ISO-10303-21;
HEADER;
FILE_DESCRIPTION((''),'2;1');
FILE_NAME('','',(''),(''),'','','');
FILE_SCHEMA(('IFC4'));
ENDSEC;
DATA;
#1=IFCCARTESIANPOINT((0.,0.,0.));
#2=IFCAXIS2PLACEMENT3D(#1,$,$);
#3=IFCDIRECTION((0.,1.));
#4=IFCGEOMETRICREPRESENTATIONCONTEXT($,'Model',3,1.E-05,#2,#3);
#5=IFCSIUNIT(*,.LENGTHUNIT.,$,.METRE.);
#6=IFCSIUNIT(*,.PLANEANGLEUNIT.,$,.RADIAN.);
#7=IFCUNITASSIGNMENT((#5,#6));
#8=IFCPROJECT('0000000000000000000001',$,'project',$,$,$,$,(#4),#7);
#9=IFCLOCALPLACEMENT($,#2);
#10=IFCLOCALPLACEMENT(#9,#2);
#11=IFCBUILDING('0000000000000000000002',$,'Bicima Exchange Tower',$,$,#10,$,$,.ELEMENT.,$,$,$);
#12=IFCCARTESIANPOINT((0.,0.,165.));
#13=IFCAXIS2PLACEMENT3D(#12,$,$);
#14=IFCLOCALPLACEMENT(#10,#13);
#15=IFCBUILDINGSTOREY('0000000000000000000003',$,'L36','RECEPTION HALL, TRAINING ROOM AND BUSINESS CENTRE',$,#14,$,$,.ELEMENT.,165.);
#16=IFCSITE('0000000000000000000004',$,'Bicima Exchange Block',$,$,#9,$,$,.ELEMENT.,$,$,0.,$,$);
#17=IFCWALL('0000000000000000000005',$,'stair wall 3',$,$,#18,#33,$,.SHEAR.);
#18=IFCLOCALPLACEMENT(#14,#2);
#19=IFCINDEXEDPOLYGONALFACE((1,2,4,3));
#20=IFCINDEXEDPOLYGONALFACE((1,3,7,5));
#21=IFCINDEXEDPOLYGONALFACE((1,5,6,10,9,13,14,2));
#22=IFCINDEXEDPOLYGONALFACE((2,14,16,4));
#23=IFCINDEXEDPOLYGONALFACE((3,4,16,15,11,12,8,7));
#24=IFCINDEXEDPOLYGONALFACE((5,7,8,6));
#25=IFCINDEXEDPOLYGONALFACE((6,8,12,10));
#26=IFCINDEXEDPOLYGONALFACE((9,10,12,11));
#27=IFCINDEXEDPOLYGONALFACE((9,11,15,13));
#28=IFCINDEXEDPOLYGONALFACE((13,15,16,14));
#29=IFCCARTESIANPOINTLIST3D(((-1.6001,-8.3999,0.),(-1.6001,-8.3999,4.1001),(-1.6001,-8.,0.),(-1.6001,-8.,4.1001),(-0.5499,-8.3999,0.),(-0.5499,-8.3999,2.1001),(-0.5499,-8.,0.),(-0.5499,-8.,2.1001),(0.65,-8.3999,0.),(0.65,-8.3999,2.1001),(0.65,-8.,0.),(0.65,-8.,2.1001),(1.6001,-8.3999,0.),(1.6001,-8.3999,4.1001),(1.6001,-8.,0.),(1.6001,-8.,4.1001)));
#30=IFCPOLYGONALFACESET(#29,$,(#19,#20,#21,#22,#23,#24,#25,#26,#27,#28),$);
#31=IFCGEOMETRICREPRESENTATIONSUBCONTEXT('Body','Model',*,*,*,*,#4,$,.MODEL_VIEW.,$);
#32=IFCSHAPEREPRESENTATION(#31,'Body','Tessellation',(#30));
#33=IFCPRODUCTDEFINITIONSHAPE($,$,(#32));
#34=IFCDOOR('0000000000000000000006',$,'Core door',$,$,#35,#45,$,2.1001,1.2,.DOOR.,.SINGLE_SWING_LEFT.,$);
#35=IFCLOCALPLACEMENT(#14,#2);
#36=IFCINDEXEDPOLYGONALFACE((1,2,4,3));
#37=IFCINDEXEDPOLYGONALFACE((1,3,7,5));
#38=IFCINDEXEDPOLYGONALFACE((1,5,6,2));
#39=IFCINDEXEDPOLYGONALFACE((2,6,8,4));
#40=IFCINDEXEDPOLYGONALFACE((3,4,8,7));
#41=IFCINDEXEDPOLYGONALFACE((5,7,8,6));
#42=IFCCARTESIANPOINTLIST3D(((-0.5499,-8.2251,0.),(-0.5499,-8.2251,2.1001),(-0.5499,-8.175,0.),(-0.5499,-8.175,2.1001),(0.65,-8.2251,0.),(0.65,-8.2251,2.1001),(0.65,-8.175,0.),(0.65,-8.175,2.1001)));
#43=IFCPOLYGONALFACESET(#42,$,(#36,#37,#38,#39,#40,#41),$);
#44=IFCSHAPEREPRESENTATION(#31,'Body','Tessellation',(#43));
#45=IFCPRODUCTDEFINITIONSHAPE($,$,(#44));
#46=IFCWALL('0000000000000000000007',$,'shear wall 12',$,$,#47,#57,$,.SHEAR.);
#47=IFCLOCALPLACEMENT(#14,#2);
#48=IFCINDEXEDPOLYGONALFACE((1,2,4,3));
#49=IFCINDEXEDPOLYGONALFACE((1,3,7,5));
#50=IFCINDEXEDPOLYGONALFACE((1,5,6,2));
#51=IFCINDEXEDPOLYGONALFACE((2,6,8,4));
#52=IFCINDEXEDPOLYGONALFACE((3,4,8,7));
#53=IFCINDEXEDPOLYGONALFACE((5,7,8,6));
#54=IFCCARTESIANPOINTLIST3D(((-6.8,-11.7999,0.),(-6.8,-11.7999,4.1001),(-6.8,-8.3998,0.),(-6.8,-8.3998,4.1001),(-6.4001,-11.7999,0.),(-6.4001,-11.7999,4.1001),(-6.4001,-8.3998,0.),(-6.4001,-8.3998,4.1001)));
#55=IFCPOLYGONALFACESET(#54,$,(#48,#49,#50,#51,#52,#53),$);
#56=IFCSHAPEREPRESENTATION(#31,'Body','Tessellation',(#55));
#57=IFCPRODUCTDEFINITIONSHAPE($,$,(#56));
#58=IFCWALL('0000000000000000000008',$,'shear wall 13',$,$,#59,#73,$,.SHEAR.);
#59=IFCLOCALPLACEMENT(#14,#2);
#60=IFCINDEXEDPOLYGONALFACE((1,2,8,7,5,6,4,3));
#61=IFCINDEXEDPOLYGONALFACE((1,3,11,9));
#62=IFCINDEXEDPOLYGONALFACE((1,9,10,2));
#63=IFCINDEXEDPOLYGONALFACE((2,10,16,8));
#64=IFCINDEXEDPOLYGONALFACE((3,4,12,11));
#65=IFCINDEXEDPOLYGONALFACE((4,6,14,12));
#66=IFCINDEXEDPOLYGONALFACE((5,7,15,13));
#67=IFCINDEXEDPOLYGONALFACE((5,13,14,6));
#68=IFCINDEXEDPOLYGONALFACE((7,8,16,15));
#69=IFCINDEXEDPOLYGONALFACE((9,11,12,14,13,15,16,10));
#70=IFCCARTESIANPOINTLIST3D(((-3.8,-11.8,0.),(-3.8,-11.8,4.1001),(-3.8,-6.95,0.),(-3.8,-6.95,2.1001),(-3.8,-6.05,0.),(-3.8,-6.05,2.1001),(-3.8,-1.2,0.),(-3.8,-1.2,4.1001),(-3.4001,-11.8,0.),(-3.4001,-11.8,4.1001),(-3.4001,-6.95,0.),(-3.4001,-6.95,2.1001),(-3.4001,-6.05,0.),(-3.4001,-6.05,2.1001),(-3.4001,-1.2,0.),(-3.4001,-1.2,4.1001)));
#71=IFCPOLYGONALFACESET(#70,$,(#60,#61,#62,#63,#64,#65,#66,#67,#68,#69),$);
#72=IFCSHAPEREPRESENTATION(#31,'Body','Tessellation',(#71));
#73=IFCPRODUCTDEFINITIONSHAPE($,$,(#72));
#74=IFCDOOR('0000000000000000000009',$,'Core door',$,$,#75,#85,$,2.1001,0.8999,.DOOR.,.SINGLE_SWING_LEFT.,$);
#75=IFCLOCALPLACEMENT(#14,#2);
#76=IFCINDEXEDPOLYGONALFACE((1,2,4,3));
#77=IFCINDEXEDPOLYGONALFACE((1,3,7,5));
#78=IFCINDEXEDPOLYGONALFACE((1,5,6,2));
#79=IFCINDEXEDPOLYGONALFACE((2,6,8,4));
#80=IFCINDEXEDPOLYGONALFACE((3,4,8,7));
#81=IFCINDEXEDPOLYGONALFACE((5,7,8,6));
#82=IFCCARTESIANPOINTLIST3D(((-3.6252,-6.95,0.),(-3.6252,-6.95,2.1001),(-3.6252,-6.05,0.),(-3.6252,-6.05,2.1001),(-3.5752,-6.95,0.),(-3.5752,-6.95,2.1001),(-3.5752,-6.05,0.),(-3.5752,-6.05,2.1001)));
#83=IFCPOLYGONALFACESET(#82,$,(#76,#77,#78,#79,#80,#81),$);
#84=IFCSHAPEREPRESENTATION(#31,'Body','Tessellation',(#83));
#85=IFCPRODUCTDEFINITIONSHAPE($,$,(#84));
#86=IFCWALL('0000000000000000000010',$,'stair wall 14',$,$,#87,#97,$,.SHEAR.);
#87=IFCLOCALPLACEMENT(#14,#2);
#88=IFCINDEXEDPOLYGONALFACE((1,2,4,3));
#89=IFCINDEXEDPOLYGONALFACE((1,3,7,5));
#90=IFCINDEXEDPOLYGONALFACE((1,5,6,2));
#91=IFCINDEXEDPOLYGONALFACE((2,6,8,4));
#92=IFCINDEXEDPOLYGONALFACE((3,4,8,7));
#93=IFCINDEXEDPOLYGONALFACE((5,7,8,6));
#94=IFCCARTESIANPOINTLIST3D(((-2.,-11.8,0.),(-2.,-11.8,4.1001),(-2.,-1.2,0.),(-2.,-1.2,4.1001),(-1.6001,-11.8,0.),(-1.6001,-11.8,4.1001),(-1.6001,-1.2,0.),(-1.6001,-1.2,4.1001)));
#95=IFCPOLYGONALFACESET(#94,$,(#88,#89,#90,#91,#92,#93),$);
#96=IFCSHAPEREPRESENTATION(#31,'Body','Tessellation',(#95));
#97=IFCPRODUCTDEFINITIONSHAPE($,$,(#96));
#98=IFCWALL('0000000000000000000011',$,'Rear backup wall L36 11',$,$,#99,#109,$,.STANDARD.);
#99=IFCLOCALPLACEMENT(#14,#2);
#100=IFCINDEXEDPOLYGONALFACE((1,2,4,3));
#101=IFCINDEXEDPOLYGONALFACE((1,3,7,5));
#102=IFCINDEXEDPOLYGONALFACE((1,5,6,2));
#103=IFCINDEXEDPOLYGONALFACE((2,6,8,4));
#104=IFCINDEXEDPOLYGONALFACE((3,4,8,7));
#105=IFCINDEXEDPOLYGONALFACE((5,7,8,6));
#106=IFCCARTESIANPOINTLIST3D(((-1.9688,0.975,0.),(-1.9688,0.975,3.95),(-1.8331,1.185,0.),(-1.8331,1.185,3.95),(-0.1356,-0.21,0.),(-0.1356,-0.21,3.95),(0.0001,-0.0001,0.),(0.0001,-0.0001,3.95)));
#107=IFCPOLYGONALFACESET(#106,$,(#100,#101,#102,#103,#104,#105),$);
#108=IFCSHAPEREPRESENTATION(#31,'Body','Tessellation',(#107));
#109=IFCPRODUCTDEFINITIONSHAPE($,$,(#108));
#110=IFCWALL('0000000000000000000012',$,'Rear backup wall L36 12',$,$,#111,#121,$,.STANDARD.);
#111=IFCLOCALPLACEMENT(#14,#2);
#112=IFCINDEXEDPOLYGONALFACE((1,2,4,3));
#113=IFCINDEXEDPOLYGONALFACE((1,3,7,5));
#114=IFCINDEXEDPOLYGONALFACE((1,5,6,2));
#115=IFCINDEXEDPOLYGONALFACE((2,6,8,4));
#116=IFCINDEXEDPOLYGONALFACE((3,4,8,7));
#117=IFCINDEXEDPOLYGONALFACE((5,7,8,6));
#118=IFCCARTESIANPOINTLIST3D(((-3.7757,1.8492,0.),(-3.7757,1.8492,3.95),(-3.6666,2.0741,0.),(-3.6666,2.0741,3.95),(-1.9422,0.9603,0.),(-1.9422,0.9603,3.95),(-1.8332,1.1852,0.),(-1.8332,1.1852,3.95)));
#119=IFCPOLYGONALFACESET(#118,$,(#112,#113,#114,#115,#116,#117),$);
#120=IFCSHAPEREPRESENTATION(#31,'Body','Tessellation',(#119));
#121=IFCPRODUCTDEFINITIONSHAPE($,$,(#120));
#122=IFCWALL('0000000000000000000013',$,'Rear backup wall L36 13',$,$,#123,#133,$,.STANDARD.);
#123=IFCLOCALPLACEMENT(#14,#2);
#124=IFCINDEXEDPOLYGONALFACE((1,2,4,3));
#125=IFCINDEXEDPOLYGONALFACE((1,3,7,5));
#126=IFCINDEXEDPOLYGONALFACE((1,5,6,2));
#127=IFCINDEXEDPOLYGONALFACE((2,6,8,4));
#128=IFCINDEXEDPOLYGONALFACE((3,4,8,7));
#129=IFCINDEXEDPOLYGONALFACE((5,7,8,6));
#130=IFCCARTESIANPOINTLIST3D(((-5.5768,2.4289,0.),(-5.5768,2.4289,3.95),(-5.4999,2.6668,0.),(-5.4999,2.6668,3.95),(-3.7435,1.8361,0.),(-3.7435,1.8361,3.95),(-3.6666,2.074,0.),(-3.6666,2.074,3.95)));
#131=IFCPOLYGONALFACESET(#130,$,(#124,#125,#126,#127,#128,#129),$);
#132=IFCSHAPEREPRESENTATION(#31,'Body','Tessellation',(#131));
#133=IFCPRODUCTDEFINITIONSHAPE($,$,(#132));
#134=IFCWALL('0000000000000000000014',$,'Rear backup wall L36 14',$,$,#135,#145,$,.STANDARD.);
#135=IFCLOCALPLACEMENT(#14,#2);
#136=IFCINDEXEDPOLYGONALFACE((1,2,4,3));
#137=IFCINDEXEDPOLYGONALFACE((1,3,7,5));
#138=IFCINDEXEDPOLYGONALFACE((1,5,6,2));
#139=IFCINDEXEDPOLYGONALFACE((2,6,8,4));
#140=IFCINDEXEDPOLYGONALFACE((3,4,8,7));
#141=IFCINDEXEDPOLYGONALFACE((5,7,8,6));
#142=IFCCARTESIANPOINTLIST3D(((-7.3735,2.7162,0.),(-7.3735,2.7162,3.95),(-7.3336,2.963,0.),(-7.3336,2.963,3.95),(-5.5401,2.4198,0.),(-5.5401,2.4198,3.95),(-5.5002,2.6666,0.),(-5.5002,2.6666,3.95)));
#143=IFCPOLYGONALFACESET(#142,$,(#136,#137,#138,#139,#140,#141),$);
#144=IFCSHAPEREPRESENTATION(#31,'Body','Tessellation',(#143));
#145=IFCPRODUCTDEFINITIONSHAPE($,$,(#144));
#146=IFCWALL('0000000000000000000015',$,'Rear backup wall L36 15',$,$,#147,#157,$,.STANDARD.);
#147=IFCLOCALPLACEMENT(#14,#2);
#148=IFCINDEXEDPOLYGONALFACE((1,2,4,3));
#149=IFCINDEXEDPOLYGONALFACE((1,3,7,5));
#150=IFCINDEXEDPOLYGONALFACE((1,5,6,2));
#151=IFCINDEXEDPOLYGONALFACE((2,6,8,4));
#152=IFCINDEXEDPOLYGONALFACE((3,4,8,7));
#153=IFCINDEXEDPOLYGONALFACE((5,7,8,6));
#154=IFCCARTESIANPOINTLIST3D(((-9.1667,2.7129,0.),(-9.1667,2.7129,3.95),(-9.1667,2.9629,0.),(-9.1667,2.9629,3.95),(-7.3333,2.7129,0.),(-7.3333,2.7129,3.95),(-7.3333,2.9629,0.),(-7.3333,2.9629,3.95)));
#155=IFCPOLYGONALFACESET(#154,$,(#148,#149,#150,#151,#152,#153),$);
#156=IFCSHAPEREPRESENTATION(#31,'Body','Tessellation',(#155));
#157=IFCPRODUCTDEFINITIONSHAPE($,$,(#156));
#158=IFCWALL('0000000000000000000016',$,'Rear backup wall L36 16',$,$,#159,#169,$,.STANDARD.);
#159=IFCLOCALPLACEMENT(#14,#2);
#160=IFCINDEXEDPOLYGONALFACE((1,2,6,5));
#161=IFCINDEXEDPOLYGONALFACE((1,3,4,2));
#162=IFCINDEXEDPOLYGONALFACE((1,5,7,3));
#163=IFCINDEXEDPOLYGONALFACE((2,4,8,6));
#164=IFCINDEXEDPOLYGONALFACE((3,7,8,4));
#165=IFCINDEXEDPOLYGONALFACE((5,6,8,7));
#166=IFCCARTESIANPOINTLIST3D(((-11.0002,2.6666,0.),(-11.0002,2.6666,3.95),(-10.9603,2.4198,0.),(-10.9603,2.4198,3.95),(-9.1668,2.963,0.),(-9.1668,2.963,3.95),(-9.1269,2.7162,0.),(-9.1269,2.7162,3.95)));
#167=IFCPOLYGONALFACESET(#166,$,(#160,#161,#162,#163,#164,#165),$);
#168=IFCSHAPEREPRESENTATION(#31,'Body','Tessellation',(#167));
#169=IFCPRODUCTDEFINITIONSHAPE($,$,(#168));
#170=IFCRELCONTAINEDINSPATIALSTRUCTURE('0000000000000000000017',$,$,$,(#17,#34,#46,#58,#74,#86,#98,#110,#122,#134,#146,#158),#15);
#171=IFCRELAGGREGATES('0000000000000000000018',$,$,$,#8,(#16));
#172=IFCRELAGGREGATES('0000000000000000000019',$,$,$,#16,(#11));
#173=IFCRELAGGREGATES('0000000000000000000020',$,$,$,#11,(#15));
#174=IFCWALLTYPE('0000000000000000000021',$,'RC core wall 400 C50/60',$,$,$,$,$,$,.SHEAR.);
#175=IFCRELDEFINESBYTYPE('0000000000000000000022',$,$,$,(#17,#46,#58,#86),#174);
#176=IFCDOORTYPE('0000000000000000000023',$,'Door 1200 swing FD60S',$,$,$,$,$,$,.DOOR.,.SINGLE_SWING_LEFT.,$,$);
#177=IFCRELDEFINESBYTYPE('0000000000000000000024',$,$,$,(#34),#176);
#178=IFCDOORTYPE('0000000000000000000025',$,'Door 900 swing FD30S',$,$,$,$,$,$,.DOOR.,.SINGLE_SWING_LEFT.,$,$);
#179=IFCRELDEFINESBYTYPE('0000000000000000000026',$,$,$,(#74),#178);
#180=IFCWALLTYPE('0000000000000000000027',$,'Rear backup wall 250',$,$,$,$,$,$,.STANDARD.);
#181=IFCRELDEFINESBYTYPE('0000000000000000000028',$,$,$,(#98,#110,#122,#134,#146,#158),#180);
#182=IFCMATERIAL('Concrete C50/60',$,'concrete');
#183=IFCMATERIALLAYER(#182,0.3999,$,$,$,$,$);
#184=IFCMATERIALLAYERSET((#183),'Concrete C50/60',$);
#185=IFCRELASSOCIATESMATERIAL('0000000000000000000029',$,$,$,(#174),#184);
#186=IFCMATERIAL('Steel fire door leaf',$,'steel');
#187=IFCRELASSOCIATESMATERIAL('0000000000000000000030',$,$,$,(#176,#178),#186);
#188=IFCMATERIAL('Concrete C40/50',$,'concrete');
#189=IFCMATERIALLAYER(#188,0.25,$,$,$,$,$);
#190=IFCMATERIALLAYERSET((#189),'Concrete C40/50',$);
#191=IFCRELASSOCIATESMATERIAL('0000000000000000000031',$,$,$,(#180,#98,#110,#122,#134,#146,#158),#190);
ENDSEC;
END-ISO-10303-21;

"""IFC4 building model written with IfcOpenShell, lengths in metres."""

from ifc_helpers import new_model, si_unit, direction, frame, frame_2d, origin, place, context, subcontext, project, spatial, rectangle, extrude, material, layer, layer_set, layer_usage, type_object, element, fill, save


model = new_model("IFC4")

# Units and contexts
model_context = context("Model", 3, precision=1e-05, world=origin(), true_north=direction((0.0, 1.0)))
body_context = subcontext(model_context, "Body", "Model", "MODEL_VIEW")
ifc_project = project(units=[si_unit("LENGTHUNIT", "METRE"), si_unit("PLANEANGLEUNIT", "RADIAN")], contexts=[model_context])

# Site, building, storey
site_placement = place(None, origin())
site = spatial("IfcSite", under=ifc_project, at=site_placement, Name="Bicima Exchange Block", CompositionType="ELEMENT", RefElevation=0.0)
building_placement = place(site_placement, origin())
building = spatial("IfcBuilding", under=site, at=building_placement, Name="Bicima Exchange Tower", CompositionType="ELEMENT")
storey_placement = place(building_placement, frame((0.0, 0.0, 165.0)))
storey = spatial("IfcBuildingStorey", under=building, at=storey_placement, Name="L36", Description="RECEPTION HALL, TRAINING ROOM AND BUSINESS CENTRE", CompositionType="ELEMENT", Elevation=165.0)

# Shared definitions
ifc_material_1 = material(Name="Concrete C40/50", Category="concrete")

# Shared definitions
ifc_material_2 = material(Name="Concrete C50/60", Category="concrete")

# Wall, opening, door
ifc_layer_1 = layer(ifc_material_2, 0.3999)
ifc_layer_set_1 = layer_set([ifc_layer_1], Name="Concrete C50/60")
wall_type_1 = type_object("IfcWallType", Name="RC core wall 400 C50/60", PredefinedType="SHEAR", material=ifc_layer_set_1)
wall_1_placement = place(storey_placement, frame((-1.6001, -8.2, 0.0), z_axis=(0.0, 0.0, 1.0), x_axis=(1.0, 0.0, 0.0)))
wall_1 = element("IfcWall", 1, at=wall_1_placement, inside=storey, type_object=wall_type_1, Name="stair wall 3", PredefinedType="SHEAR", context=body_context, shape_type="SweptSolid", body=[
    extrude(rectangle(XDim=3.2002, YDim=0.3999, at=frame_2d((1.6001, 0.0))), origin(), (0.0, 0.0, 1.0), 4.1001),
])
opening_1_placement = place(wall_1_placement, frame((1.05, 0.0, 0.0)))
opening_1 = element("IfcOpeningElement", 2, at=opening_1_placement, cuts=wall_1, PredefinedType="OPENING", context=body_context, shape_type="SweptSolid", body=[
    extrude(rectangle(XDim=1.2, YDim=2.1001, at=frame_2d((0.6001, 1.05))), frame((0.0, 0.2119, 0.0), z_axis=(0.0, -1.0, 0.0), x_axis=(1.0, 0.0, 0.0)), (0.0, 0.0, 1.0), 0.4238),
])
ifc_material_3 = material(Name="Steel fire door leaf", Category="steel")
door_type_1 = type_object("IfcDoorType", Name="Door 1200 swing FD60S", OperationType="SINGLE_SWING_LEFT", PredefinedType="DOOR", material=ifc_material_3)
door_1_placement = place(opening_1_placement, origin())
door_1 = element("IfcDoor", 3, at=door_1_placement, inside=storey, type_object=door_type_1, Name="Core door", OperationType="SINGLE_SWING_LEFT", OverallHeight=2.1001, OverallWidth=1.2, PredefinedType="DOOR", context=body_context, shape_type="SweptSolid", body=[
    extrude(rectangle(XDim=1.2, YDim=2.1001, at=frame_2d((0.6001, 1.05))), frame((0.0, 0.0249, 0.0), z_axis=(0.0, -1.0, 0.0), x_axis=(1.0, 0.0, 0.0)), (0.0, 0.0, 1.0), 0.05),
])
fill(opening_1, door_1)

# Wall
wall_2_placement = place(storey_placement, frame((-6.6001, -11.8, 0.0), z_axis=(0.0, 0.0, 1.0), x_axis=(0.0, 1.0, 0.0)))
element("IfcWall", 4, at=wall_2_placement, inside=storey, type_object=wall_type_1, Name="shear wall 12", PredefinedType="SHEAR", context=body_context, shape_type="SweptSolid", body=[
    extrude(rectangle(XDim=3.4001, YDim=0.3999, at=frame_2d((1.7002, 0.0))), origin(), (0.0, 0.0, 1.0), 4.1001),
])

# Wall, opening, door
wall_3_placement = place(storey_placement, frame((-3.6001, -11.8, 0.0), z_axis=(0.0, 0.0, 1.0), x_axis=(0.0, 1.0, 0.0)))
wall_3 = element("IfcWall", 5, at=wall_3_placement, inside=storey, type_object=wall_type_1, Name="shear wall 13", PredefinedType="SHEAR", context=body_context, shape_type="SweptSolid", body=[
    extrude(rectangle(XDim=10.6001, YDim=0.3999, at=frame_2d((5.3, 0.0))), origin(), (0.0, 0.0, 1.0), 4.1001),
])
opening_2_placement = place(wall_3_placement, frame((4.8501, 0.0, 0.0)))
opening_2 = element("IfcOpeningElement", 6, at=opening_2_placement, cuts=wall_3, PredefinedType="OPENING", context=body_context, shape_type="SweptSolid", body=[
    extrude(rectangle(XDim=0.8999, YDim=2.1001, at=frame_2d((0.45, 1.05))), frame((0.0, 0.2119, 0.0), z_axis=(0.0, -1.0, 0.0), x_axis=(1.0, 0.0, 0.0)), (0.0, 0.0, 1.0), 0.4238),
])
door_type_2 = type_object("IfcDoorType", Name="Door 900 swing FD30S", OperationType="SINGLE_SWING_LEFT", PredefinedType="DOOR", material=ifc_material_3)
door_2_placement = place(opening_2_placement, frame((0.8999, 0.0, 0.0), z_axis=(0.0, 0.0, 1.0), x_axis=(-1.0, 0.0, 0.0)))
door_2 = element("IfcDoor", 7, at=door_2_placement, inside=storey, type_object=door_type_2, Name="Core door", OperationType="SINGLE_SWING_LEFT", OverallHeight=2.1001, OverallWidth=0.8999, PredefinedType="DOOR", context=body_context, shape_type="SweptSolid", body=[
    extrude(rectangle(XDim=0.8999, YDim=2.1001, at=frame_2d((0.45, 1.05))), frame((0.0, 0.0249, 0.0), z_axis=(0.0, -1.0, 0.0), x_axis=(1.0, 0.0, 0.0)), (0.0, 0.0, 1.0), 0.05),
])
fill(opening_2, door_2)

# Walls
wall_4_placement = place(storey_placement, frame((-1.8, -11.8, 0.0), z_axis=(0.0, 0.0, 1.0), x_axis=(0.0, 1.0, 0.0)))
element("IfcWall", 8, at=wall_4_placement, inside=storey, type_object=wall_type_1, Name="stair wall 14", PredefinedType="SHEAR", context=body_context, shape_type="SweptSolid", body=[
    extrude(rectangle(XDim=10.6001, YDim=0.3999, at=frame_2d((5.3, 0.0))), origin(), (0.0, 0.0, 1.0), 4.1001),
])
ifc_layer_2 = layer(ifc_material_1, 0.25)
ifc_layer_set_2 = layer_set([ifc_layer_2], Name="Concrete C40/50")
ifc_layer_usage = layer_usage(ifc_layer_set_2, "AXIS2", "POSITIVE", -0.125)
wall_type_2 = type_object("IfcWallType", Name="Rear backup wall 250", PredefinedType="STANDARD", material=ifc_layer_set_2)
wall_5_placement = place(storey_placement, frame((-0.0679, -0.105, 0.0), z_axis=(0.0, 0.0, 1.0), x_axis=(-0.839813, 0.542876, 0.0)))
element("IfcWall", 9, at=wall_5_placement, inside=storey, type_object=wall_type_2, material=ifc_layer_usage, Name="Rear backup wall L36 11", PredefinedType="STANDARD", context=body_context, shape_type="SweptSolid", body=[
    extrude(rectangle(XDim=2.1829, YDim=0.25, at=frame_2d((1.0913, 0.0))), origin(), (0.0, 0.0, 1.0), 3.95),
])
wall_6_placement = place(storey_placement, frame((-1.8877, 1.0728, 0.0), z_axis=(0.0, 0.0, 1.0), x_axis=(-0.899824, 0.436253, 0.0)))
element("IfcWall", 10, at=wall_6_placement, inside=storey, type_object=wall_type_2, material=ifc_layer_usage, Name="Rear backup wall L36 12", PredefinedType="STANDARD", context=body_context, shape_type="SweptSolid", body=[
    extrude(rectangle(XDim=2.0376, YDim=0.25, at=frame_2d((1.0188, 0.0))), origin(), (0.0, 0.0, 1.0), 3.95),
])
wall_7_placement = place(storey_placement, frame((-3.7051, 1.9551, 0.0), z_axis=(0.0, 0.0, 1.0), x_axis=(-0.951496, 0.307662, 0.0)))
element("IfcWall", 11, at=wall_7_placement, inside=storey, type_object=wall_type_2, material=ifc_layer_usage, Name="Rear backup wall L36 13", PredefinedType="STANDARD", context=body_context, shape_type="SweptSolid", body=[
    extrude(rectangle(XDim=1.9268, YDim=0.25, at=frame_2d((0.9634, 0.0))), origin(), (0.0, 0.0, 1.0), 3.95),
])
wall_8_placement = place(storey_placement, frame((-5.52, 2.5432, 0.0), z_axis=(0.0, 0.0, 1.0), x_axis=(-0.987182, 0.1596, 0.0)))
element("IfcWall", 12, at=wall_8_placement, inside=storey, type_object=wall_type_2, material=ifc_layer_usage, Name="Rear backup wall L36 14", PredefinedType="STANDARD", context=body_context, shape_type="SweptSolid", body=[
    extrude(rectangle(XDim=1.8572, YDim=0.25, at=frame_2d((0.9287, 0.0))), origin(), (0.0, 0.0, 1.0), 3.95),
])
wall_9_placement = place(storey_placement, frame((-7.3333, 2.8379, 0.0), z_axis=(0.0, 0.0, 1.0), x_axis=(-1.0, 0.0, 0.0)))
element("IfcWall", 13, at=wall_9_placement, inside=storey, type_object=wall_type_2, material=ifc_layer_usage, Name="Rear backup wall L36 15", PredefinedType="STANDARD", context=body_context, shape_type="SweptSolid", body=[
    extrude(rectangle(XDim=1.8335, YDim=0.25, at=frame_2d((0.9167, 0.0))), origin(), (0.0, 0.0, 1.0), 3.95),
])
wall_10_placement = place(storey_placement, frame((-9.1467, 2.8396, 0.0), z_axis=(0.0, 0.0, 1.0), x_axis=(-0.987182, -0.1596, 0.0)))
element("IfcWall", 14, at=wall_10_placement, inside=storey, type_object=wall_type_2, material=ifc_layer_usage, Name="Rear backup wall L36 16", PredefinedType="STANDARD", context=body_context, shape_type="SweptSolid", body=[
    extrude(rectangle(XDim=1.8572, YDim=0.25, at=frame_2d((0.9287, 0.0))), origin(), (0.0, 0.0, 1.0), 3.95),
])

save(model, "model.ifc")
